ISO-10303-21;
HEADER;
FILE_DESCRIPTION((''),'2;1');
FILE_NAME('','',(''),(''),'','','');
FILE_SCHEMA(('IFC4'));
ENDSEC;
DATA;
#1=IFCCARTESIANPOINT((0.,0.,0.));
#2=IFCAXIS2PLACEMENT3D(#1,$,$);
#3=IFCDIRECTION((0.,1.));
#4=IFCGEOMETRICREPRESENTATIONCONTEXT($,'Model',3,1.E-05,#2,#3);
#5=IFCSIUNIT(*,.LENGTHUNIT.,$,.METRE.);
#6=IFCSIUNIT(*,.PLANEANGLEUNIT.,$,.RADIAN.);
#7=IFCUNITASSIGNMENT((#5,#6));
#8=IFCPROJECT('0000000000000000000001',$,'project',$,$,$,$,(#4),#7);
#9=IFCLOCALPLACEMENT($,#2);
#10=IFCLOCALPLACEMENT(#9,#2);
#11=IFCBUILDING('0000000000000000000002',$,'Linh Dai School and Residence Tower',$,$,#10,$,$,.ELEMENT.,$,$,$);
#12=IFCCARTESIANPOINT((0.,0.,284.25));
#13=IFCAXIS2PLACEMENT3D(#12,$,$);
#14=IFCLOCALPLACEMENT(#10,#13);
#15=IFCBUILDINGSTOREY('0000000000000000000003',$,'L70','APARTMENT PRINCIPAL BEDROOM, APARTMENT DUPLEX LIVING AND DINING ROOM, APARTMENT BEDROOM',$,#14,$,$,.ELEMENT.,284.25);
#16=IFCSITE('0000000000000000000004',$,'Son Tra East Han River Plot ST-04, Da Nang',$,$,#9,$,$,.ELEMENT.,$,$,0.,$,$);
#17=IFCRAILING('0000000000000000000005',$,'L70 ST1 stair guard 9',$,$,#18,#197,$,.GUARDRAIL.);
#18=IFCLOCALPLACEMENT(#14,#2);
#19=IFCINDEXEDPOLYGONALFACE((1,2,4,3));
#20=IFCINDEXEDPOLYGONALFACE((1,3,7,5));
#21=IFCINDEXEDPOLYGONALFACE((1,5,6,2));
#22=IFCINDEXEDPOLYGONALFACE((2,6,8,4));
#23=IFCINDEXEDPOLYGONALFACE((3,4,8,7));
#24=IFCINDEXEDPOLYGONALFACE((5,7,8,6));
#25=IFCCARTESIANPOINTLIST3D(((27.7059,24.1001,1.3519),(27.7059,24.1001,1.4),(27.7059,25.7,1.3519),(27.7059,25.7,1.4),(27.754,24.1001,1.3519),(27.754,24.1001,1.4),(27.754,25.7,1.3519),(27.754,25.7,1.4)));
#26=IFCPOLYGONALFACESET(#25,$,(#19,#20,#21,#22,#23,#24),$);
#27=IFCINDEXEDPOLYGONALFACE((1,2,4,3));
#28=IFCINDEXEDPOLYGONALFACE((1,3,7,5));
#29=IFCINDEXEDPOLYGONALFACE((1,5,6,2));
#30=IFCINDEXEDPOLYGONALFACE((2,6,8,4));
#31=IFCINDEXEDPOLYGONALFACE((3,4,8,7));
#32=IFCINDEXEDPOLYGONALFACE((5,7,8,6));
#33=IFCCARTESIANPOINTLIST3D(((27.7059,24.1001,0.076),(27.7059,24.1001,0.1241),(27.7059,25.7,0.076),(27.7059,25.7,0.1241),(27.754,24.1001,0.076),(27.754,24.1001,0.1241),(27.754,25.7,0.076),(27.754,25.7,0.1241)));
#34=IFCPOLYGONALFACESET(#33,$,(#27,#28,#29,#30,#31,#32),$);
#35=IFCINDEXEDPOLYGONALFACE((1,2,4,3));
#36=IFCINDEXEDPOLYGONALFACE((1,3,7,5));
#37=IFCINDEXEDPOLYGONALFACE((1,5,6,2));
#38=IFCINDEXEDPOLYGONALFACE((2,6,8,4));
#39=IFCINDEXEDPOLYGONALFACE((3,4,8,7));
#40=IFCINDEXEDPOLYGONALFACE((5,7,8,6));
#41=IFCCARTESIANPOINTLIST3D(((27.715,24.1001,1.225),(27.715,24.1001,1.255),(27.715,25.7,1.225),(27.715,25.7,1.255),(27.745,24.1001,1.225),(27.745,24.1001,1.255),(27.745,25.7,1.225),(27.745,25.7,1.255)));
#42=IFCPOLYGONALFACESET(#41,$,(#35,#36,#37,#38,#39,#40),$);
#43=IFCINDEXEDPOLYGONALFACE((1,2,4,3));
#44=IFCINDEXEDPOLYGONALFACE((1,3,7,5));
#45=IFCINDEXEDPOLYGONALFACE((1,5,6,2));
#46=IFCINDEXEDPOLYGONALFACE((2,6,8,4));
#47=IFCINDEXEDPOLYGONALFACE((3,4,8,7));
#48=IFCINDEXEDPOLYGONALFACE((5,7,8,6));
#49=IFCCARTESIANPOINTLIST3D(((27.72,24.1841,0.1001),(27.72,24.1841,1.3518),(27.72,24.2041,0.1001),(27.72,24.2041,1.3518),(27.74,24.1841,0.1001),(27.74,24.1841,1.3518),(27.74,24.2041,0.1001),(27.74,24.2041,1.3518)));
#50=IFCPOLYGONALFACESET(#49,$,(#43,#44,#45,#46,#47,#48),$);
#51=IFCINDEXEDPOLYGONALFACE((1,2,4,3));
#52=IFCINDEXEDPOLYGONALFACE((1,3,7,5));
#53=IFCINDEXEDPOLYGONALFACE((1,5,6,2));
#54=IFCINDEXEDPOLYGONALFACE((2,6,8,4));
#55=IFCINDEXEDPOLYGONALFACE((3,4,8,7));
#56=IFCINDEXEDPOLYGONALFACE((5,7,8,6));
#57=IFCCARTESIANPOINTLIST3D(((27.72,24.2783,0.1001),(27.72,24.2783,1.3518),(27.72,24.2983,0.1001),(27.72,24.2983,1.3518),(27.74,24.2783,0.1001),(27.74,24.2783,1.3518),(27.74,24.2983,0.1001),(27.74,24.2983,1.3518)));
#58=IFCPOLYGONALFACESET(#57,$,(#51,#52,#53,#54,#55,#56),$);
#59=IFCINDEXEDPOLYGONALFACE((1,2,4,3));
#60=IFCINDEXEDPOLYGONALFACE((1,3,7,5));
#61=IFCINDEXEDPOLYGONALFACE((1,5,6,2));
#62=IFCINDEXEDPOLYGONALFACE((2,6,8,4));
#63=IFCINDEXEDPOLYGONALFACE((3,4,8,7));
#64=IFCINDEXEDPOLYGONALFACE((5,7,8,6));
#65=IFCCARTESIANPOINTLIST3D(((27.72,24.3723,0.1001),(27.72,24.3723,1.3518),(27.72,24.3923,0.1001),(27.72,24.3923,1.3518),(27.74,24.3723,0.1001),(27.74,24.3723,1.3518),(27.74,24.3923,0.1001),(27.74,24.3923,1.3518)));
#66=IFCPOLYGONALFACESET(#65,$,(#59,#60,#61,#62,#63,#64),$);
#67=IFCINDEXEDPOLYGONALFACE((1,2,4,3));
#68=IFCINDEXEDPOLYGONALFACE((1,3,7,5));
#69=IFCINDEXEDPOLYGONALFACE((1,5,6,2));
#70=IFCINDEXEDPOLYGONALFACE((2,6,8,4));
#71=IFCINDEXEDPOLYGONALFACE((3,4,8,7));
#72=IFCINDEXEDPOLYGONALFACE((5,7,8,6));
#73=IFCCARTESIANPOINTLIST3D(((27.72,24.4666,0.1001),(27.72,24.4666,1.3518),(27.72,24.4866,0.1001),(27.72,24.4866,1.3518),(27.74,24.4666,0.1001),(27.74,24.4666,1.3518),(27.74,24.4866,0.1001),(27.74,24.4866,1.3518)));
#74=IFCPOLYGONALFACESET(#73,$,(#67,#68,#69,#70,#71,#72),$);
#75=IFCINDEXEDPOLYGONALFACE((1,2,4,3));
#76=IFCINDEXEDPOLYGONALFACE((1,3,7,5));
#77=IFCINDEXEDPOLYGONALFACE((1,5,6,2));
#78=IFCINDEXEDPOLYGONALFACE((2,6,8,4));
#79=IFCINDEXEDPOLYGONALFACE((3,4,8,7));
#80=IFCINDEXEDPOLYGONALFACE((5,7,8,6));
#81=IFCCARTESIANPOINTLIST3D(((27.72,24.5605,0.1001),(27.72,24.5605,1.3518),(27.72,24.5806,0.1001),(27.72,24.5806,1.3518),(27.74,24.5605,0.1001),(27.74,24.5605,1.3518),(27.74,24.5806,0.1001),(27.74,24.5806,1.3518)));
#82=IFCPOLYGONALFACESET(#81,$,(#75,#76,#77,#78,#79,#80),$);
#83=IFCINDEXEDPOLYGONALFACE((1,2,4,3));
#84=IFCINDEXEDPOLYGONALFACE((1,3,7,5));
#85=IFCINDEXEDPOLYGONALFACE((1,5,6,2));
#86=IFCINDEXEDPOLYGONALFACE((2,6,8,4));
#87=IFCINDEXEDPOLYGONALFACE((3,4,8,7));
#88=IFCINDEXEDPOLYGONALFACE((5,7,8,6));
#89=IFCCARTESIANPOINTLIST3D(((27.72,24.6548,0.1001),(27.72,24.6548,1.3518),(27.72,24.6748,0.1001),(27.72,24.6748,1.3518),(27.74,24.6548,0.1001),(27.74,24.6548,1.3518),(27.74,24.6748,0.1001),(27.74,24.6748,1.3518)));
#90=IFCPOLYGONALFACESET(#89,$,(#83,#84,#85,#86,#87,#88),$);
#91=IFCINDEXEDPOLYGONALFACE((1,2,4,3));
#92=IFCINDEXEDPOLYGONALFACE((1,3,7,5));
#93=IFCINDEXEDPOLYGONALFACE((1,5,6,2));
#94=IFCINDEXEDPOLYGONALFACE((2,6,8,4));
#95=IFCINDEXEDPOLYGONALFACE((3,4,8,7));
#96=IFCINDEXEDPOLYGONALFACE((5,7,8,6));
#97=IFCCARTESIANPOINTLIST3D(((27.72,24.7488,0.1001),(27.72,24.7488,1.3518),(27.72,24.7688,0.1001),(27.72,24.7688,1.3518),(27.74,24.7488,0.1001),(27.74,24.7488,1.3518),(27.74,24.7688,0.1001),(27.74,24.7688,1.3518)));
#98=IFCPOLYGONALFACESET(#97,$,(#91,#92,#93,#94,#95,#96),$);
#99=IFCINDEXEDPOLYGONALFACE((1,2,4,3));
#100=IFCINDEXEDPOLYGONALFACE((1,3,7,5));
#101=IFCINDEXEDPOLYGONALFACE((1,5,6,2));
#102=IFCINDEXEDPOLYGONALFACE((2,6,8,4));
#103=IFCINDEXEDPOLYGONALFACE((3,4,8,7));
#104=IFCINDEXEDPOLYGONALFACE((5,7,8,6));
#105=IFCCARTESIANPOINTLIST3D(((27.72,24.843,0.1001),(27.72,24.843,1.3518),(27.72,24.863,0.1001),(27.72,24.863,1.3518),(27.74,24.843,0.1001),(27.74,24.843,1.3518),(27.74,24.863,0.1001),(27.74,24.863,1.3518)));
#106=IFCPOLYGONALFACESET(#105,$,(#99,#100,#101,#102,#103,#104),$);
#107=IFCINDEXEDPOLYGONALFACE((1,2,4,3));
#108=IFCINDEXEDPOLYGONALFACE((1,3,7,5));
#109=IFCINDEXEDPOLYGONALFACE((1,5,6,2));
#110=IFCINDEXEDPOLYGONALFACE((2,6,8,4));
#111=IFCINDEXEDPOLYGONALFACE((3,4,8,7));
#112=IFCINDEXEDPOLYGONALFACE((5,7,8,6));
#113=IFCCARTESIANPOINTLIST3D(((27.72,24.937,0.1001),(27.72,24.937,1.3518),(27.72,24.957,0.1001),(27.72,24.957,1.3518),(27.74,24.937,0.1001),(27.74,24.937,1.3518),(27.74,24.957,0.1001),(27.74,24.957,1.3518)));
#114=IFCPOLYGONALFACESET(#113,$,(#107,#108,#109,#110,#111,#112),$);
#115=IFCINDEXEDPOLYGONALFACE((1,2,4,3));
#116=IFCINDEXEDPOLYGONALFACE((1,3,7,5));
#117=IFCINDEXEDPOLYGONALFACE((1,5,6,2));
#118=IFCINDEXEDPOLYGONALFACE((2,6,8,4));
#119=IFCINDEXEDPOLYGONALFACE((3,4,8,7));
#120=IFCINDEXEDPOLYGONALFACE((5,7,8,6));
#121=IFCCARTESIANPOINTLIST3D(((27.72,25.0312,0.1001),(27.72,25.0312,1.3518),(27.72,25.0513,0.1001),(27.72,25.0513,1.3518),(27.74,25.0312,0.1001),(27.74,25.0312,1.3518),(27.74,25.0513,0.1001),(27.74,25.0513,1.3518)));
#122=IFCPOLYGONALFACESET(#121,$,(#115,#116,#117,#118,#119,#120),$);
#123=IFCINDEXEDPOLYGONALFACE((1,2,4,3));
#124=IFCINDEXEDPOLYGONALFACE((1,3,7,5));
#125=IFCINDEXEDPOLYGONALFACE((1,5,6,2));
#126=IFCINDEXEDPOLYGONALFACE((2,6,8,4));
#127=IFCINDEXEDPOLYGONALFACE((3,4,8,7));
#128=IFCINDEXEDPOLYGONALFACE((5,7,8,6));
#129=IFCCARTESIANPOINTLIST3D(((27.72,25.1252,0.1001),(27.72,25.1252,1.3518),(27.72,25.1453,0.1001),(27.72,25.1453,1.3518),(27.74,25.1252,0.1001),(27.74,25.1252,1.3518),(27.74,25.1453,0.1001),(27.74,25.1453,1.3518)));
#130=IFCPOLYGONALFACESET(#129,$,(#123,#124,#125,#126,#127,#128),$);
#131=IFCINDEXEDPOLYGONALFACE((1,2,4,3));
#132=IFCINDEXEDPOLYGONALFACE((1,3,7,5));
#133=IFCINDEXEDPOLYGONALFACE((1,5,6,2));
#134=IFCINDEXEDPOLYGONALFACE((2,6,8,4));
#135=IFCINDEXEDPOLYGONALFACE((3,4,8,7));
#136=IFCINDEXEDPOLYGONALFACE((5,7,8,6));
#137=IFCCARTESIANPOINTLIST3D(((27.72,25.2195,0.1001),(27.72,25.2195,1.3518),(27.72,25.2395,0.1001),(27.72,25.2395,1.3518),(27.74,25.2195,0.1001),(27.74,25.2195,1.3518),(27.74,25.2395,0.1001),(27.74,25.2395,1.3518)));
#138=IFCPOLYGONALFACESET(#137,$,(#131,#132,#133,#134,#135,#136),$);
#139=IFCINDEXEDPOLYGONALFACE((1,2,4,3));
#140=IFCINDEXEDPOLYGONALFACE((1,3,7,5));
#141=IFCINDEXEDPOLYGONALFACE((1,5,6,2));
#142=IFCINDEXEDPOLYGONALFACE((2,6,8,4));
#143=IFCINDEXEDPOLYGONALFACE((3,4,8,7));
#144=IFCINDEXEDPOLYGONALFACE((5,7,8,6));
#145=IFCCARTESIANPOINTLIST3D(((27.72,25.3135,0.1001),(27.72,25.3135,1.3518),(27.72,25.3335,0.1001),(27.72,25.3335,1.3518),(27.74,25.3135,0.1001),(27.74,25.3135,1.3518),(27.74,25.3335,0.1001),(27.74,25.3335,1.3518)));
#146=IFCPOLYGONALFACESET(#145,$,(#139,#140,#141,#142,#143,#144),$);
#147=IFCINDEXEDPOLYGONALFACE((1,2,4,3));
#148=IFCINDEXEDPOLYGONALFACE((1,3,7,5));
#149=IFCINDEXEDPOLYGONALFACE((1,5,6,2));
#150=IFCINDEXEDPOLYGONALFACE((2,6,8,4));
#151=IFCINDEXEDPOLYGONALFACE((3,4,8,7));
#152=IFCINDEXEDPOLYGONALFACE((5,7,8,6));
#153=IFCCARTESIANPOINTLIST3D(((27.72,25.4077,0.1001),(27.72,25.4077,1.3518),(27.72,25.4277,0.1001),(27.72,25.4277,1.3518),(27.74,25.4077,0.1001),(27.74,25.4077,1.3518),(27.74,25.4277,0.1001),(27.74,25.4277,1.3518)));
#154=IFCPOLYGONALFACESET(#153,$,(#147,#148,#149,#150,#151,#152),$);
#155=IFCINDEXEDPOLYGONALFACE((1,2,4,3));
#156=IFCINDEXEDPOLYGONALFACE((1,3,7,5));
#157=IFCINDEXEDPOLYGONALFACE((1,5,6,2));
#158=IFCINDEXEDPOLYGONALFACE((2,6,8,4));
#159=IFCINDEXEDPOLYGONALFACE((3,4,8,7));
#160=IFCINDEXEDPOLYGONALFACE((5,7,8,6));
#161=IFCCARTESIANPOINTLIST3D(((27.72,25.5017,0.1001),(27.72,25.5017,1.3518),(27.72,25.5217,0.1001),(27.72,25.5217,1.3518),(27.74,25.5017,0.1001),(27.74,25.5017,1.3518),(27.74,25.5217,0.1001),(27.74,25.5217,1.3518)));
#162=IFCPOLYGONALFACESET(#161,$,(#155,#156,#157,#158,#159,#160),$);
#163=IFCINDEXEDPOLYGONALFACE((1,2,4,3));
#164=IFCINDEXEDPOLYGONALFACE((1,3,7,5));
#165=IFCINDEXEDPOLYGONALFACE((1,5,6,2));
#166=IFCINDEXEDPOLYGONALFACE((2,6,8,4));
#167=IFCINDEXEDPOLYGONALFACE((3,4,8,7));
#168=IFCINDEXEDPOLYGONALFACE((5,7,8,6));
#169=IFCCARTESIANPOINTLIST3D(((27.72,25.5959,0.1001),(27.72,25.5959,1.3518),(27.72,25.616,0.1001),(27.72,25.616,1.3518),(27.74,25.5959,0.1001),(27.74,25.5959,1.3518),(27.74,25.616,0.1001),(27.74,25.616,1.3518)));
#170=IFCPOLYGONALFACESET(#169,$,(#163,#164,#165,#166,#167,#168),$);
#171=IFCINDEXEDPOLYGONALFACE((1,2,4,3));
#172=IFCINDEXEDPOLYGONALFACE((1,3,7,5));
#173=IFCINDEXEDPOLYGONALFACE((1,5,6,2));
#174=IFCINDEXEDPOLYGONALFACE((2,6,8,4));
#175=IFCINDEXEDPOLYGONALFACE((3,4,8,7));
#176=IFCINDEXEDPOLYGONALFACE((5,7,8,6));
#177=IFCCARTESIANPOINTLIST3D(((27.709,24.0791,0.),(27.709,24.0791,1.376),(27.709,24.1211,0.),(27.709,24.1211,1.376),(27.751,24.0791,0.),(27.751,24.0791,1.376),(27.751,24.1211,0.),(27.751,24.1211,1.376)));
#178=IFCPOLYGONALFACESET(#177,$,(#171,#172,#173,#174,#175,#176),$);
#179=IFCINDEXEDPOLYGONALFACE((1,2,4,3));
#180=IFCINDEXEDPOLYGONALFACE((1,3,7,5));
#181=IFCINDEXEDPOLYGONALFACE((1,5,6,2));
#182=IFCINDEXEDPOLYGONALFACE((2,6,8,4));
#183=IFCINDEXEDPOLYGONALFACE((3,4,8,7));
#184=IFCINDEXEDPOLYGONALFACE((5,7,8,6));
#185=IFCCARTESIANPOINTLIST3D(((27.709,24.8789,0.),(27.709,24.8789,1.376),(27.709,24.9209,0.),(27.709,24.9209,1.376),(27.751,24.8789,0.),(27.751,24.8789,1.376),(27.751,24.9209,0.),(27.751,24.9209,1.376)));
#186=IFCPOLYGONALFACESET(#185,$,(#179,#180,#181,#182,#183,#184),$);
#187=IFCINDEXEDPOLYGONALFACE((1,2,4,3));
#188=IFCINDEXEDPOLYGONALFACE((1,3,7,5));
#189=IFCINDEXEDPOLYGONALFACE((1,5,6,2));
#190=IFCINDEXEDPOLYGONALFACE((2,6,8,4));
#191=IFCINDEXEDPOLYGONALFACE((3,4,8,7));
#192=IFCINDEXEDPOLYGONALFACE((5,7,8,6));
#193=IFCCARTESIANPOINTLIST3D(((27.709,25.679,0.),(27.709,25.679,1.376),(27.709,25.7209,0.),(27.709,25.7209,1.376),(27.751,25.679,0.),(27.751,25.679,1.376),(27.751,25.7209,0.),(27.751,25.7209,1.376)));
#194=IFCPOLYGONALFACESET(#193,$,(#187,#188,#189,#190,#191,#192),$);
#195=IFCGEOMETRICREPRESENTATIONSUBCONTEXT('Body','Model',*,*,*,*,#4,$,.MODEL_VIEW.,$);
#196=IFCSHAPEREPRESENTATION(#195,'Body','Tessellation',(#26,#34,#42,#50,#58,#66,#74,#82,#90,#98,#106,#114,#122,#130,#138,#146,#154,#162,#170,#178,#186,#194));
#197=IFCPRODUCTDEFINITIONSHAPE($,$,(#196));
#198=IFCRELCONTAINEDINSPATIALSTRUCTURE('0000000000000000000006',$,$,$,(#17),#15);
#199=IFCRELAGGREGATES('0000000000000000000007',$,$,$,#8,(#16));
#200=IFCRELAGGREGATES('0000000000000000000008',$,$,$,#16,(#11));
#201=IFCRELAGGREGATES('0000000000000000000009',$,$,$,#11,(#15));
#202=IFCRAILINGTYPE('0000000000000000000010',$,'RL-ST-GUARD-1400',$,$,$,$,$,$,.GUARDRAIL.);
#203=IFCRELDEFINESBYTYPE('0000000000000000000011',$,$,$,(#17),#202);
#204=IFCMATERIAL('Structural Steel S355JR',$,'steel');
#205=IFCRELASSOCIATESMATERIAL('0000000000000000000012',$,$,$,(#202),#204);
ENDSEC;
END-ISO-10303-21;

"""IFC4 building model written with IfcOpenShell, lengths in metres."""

from ifc_helpers import new_model, si_unit, direction, frame, origin, origin_2d, place, context, subcontext, project, spatial, rectangle, extrude, source, transform, mapped, material, type_object, element, save


model = new_model("IFC4")

# Units and contexts
model_context = context("Model", 3, precision=1e-05, world=origin(), true_north=direction((0.0, 1.0)))
body_context = subcontext(model_context, "Body", "Model", "MODEL_VIEW")
ifc_project = project(units=[si_unit("LENGTHUNIT", "METRE"), si_unit("PLANEANGLEUNIT", "RADIAN")], contexts=[model_context])

# Site, building, storey
site_placement = place(None, origin())
site = spatial("IfcSite", under=ifc_project, at=site_placement, Name="Son Tra East Han River Plot ST-04, Da Nang", CompositionType="ELEMENT", RefElevation=0.0)
building_placement = place(site_placement, origin())
building = spatial("IfcBuilding", under=site, at=building_placement, Name="Linh Dai School and Residence Tower", CompositionType="ELEMENT")
storey_placement = place(building_placement, frame((0.0, 0.0, 284.25)))
storey = spatial("IfcBuildingStorey", under=building, at=storey_placement, Name="L70", Description="APARTMENT PRINCIPAL BEDROOM, APARTMENT DUPLEX LIVING AND DINING ROOM, APARTMENT BEDROOM", CompositionType="ELEMENT", Elevation=284.25)

# Shared definitions
ifc_material_1 = material(Name="Structural Steel S355JR", Category="steel")

# Railing
railing_type_1 = type_object("IfcRailingType", Name="RL-ST-GUARD-1400", PredefinedType="GUARDRAIL", material=ifc_material_1)
shared_shape_1 = source(origin(), body_context, "Body", "SweptSolid", [
    extrude(rectangle(XDim=0.0481, YDim=0.0481, at=origin_2d()), frame((0.0, 0.0, 1.376), z_axis=(0.0, 1.0, 0.0), x_axis=(-1.0, 0.0, 0.0)), (0.0, 0.0, 1.0), 1.5999),
    extrude(rectangle(XDim=0.0481, YDim=0.0481, at=origin_2d()), frame((0.0, 0.0, 0.1001), z_axis=(0.0, 1.0, 0.0), x_axis=(-1.0, 0.0, 0.0)), (0.0, 0.0, 1.0), 1.5999),
    extrude(rectangle(XDim=0.03, YDim=0.03, at=origin_2d()), frame((0.0, 0.0, 1.24), z_axis=(0.0, 1.0, 0.0), x_axis=(-1.0, 0.0, 0.0)), (0.0, 0.0, 1.0), 1.5999),
    extrude(rectangle(XDim=0.02, YDim=0.02, at=origin_2d()), frame((0.0, 0.094, 0.1001)), (0.0, 0.0, 1.0), 1.2517),
    extrude(rectangle(XDim=0.02, YDim=0.02, at=origin_2d()), frame((0.0, 0.1882, 0.1001)), (0.0, 0.0, 1.0), 1.2517),
    extrude(rectangle(XDim=0.02, YDim=0.02, at=origin_2d()), frame((0.0, 0.2822, 0.1001)), (0.0, 0.0, 1.0), 1.2517),
    extrude(rectangle(XDim=0.02, YDim=0.02, at=origin_2d()), frame((0.0, 0.3765, 0.1001)), (0.0, 0.0, 1.0), 1.2517),
    extrude(rectangle(XDim=0.02, YDim=0.02, at=origin_2d()), frame((0.0, 0.4705, 0.1001)), (0.0, 0.0, 1.0), 1.2517),
    extrude(rectangle(XDim=0.02, YDim=0.02, at=origin_2d()), frame((0.0, 0.5647, 0.1001)), (0.0, 0.0, 1.0), 1.2517),
    extrude(rectangle(XDim=0.02, YDim=0.02, at=origin_2d()), frame((0.0, 0.6587, 0.1001)), (0.0, 0.0, 1.0), 1.2517),
    extrude(rectangle(XDim=0.02, YDim=0.02, at=origin_2d()), frame((0.0, 0.7529, 0.1001)), (0.0, 0.0, 1.0), 1.2517),
    extrude(rectangle(XDim=0.02, YDim=0.02, at=origin_2d()), frame((0.0, 0.8469, 0.1001)), (0.0, 0.0, 1.0), 1.2517),
    extrude(rectangle(XDim=0.02, YDim=0.02, at=origin_2d()), frame((0.0, 0.9412, 0.1001)), (0.0, 0.0, 1.0), 1.2517),
    extrude(rectangle(XDim=0.02, YDim=0.02, at=origin_2d()), frame((0.0, 1.0352, 0.1001)), (0.0, 0.0, 1.0), 1.2517),
    extrude(rectangle(XDim=0.02, YDim=0.02, at=origin_2d()), frame((0.0, 1.1294, 0.1001)), (0.0, 0.0, 1.0), 1.2517),
    extrude(rectangle(XDim=0.02, YDim=0.02, at=origin_2d()), frame((0.0, 1.2234, 0.1001)), (0.0, 0.0, 1.0), 1.2517),
    extrude(rectangle(XDim=0.02, YDim=0.02, at=origin_2d()), frame((0.0, 1.3176, 0.1001)), (0.0, 0.0, 1.0), 1.2517),
    extrude(rectangle(XDim=0.02, YDim=0.02, at=origin_2d()), frame((0.0, 1.4116, 0.1001)), (0.0, 0.0, 1.0), 1.2517),
    extrude(rectangle(XDim=0.02, YDim=0.02, at=origin_2d()), frame((0.0, 1.5059, 0.1001)), (0.0, 0.0, 1.0), 1.2517),
    extrude(rectangle(XDim=0.042, YDim=0.042, at=origin_2d()), origin(), (0.0, 0.0, 1.0), 1.376),
    extrude(rectangle(XDim=0.042, YDim=0.042, at=origin_2d()), frame((0.0, 0.7998, 0.0)), (0.0, 0.0, 1.0), 1.376),
    extrude(rectangle(XDim=0.042, YDim=0.042, at=origin_2d()), frame((0.0, 1.5999, 0.0)), (0.0, 0.0, 1.0), 1.376),
])
for number, where, name in (
    (1, (27.73, 24.1001, 0.0), "L70 ST1 stair guard 9"),
):
    element("IfcRailing", number, at=place(storey_placement, frame(where)), inside=storey, type_object=railing_type_1, Name=name, PredefinedType="GUARDRAIL", context=body_context, shape_type="MappedRepresentation", body=[
        mapped(shared_shape_1, transform((0.0, 0.0, 0.0), x_axis=(1.0, 0.0, 0.0), y_axis=(0.0, 1.0, 0.0), z_axis=(0.0, 0.0, 1.0), scale=1.0)),
    ])

save(model, "model.ifc")
